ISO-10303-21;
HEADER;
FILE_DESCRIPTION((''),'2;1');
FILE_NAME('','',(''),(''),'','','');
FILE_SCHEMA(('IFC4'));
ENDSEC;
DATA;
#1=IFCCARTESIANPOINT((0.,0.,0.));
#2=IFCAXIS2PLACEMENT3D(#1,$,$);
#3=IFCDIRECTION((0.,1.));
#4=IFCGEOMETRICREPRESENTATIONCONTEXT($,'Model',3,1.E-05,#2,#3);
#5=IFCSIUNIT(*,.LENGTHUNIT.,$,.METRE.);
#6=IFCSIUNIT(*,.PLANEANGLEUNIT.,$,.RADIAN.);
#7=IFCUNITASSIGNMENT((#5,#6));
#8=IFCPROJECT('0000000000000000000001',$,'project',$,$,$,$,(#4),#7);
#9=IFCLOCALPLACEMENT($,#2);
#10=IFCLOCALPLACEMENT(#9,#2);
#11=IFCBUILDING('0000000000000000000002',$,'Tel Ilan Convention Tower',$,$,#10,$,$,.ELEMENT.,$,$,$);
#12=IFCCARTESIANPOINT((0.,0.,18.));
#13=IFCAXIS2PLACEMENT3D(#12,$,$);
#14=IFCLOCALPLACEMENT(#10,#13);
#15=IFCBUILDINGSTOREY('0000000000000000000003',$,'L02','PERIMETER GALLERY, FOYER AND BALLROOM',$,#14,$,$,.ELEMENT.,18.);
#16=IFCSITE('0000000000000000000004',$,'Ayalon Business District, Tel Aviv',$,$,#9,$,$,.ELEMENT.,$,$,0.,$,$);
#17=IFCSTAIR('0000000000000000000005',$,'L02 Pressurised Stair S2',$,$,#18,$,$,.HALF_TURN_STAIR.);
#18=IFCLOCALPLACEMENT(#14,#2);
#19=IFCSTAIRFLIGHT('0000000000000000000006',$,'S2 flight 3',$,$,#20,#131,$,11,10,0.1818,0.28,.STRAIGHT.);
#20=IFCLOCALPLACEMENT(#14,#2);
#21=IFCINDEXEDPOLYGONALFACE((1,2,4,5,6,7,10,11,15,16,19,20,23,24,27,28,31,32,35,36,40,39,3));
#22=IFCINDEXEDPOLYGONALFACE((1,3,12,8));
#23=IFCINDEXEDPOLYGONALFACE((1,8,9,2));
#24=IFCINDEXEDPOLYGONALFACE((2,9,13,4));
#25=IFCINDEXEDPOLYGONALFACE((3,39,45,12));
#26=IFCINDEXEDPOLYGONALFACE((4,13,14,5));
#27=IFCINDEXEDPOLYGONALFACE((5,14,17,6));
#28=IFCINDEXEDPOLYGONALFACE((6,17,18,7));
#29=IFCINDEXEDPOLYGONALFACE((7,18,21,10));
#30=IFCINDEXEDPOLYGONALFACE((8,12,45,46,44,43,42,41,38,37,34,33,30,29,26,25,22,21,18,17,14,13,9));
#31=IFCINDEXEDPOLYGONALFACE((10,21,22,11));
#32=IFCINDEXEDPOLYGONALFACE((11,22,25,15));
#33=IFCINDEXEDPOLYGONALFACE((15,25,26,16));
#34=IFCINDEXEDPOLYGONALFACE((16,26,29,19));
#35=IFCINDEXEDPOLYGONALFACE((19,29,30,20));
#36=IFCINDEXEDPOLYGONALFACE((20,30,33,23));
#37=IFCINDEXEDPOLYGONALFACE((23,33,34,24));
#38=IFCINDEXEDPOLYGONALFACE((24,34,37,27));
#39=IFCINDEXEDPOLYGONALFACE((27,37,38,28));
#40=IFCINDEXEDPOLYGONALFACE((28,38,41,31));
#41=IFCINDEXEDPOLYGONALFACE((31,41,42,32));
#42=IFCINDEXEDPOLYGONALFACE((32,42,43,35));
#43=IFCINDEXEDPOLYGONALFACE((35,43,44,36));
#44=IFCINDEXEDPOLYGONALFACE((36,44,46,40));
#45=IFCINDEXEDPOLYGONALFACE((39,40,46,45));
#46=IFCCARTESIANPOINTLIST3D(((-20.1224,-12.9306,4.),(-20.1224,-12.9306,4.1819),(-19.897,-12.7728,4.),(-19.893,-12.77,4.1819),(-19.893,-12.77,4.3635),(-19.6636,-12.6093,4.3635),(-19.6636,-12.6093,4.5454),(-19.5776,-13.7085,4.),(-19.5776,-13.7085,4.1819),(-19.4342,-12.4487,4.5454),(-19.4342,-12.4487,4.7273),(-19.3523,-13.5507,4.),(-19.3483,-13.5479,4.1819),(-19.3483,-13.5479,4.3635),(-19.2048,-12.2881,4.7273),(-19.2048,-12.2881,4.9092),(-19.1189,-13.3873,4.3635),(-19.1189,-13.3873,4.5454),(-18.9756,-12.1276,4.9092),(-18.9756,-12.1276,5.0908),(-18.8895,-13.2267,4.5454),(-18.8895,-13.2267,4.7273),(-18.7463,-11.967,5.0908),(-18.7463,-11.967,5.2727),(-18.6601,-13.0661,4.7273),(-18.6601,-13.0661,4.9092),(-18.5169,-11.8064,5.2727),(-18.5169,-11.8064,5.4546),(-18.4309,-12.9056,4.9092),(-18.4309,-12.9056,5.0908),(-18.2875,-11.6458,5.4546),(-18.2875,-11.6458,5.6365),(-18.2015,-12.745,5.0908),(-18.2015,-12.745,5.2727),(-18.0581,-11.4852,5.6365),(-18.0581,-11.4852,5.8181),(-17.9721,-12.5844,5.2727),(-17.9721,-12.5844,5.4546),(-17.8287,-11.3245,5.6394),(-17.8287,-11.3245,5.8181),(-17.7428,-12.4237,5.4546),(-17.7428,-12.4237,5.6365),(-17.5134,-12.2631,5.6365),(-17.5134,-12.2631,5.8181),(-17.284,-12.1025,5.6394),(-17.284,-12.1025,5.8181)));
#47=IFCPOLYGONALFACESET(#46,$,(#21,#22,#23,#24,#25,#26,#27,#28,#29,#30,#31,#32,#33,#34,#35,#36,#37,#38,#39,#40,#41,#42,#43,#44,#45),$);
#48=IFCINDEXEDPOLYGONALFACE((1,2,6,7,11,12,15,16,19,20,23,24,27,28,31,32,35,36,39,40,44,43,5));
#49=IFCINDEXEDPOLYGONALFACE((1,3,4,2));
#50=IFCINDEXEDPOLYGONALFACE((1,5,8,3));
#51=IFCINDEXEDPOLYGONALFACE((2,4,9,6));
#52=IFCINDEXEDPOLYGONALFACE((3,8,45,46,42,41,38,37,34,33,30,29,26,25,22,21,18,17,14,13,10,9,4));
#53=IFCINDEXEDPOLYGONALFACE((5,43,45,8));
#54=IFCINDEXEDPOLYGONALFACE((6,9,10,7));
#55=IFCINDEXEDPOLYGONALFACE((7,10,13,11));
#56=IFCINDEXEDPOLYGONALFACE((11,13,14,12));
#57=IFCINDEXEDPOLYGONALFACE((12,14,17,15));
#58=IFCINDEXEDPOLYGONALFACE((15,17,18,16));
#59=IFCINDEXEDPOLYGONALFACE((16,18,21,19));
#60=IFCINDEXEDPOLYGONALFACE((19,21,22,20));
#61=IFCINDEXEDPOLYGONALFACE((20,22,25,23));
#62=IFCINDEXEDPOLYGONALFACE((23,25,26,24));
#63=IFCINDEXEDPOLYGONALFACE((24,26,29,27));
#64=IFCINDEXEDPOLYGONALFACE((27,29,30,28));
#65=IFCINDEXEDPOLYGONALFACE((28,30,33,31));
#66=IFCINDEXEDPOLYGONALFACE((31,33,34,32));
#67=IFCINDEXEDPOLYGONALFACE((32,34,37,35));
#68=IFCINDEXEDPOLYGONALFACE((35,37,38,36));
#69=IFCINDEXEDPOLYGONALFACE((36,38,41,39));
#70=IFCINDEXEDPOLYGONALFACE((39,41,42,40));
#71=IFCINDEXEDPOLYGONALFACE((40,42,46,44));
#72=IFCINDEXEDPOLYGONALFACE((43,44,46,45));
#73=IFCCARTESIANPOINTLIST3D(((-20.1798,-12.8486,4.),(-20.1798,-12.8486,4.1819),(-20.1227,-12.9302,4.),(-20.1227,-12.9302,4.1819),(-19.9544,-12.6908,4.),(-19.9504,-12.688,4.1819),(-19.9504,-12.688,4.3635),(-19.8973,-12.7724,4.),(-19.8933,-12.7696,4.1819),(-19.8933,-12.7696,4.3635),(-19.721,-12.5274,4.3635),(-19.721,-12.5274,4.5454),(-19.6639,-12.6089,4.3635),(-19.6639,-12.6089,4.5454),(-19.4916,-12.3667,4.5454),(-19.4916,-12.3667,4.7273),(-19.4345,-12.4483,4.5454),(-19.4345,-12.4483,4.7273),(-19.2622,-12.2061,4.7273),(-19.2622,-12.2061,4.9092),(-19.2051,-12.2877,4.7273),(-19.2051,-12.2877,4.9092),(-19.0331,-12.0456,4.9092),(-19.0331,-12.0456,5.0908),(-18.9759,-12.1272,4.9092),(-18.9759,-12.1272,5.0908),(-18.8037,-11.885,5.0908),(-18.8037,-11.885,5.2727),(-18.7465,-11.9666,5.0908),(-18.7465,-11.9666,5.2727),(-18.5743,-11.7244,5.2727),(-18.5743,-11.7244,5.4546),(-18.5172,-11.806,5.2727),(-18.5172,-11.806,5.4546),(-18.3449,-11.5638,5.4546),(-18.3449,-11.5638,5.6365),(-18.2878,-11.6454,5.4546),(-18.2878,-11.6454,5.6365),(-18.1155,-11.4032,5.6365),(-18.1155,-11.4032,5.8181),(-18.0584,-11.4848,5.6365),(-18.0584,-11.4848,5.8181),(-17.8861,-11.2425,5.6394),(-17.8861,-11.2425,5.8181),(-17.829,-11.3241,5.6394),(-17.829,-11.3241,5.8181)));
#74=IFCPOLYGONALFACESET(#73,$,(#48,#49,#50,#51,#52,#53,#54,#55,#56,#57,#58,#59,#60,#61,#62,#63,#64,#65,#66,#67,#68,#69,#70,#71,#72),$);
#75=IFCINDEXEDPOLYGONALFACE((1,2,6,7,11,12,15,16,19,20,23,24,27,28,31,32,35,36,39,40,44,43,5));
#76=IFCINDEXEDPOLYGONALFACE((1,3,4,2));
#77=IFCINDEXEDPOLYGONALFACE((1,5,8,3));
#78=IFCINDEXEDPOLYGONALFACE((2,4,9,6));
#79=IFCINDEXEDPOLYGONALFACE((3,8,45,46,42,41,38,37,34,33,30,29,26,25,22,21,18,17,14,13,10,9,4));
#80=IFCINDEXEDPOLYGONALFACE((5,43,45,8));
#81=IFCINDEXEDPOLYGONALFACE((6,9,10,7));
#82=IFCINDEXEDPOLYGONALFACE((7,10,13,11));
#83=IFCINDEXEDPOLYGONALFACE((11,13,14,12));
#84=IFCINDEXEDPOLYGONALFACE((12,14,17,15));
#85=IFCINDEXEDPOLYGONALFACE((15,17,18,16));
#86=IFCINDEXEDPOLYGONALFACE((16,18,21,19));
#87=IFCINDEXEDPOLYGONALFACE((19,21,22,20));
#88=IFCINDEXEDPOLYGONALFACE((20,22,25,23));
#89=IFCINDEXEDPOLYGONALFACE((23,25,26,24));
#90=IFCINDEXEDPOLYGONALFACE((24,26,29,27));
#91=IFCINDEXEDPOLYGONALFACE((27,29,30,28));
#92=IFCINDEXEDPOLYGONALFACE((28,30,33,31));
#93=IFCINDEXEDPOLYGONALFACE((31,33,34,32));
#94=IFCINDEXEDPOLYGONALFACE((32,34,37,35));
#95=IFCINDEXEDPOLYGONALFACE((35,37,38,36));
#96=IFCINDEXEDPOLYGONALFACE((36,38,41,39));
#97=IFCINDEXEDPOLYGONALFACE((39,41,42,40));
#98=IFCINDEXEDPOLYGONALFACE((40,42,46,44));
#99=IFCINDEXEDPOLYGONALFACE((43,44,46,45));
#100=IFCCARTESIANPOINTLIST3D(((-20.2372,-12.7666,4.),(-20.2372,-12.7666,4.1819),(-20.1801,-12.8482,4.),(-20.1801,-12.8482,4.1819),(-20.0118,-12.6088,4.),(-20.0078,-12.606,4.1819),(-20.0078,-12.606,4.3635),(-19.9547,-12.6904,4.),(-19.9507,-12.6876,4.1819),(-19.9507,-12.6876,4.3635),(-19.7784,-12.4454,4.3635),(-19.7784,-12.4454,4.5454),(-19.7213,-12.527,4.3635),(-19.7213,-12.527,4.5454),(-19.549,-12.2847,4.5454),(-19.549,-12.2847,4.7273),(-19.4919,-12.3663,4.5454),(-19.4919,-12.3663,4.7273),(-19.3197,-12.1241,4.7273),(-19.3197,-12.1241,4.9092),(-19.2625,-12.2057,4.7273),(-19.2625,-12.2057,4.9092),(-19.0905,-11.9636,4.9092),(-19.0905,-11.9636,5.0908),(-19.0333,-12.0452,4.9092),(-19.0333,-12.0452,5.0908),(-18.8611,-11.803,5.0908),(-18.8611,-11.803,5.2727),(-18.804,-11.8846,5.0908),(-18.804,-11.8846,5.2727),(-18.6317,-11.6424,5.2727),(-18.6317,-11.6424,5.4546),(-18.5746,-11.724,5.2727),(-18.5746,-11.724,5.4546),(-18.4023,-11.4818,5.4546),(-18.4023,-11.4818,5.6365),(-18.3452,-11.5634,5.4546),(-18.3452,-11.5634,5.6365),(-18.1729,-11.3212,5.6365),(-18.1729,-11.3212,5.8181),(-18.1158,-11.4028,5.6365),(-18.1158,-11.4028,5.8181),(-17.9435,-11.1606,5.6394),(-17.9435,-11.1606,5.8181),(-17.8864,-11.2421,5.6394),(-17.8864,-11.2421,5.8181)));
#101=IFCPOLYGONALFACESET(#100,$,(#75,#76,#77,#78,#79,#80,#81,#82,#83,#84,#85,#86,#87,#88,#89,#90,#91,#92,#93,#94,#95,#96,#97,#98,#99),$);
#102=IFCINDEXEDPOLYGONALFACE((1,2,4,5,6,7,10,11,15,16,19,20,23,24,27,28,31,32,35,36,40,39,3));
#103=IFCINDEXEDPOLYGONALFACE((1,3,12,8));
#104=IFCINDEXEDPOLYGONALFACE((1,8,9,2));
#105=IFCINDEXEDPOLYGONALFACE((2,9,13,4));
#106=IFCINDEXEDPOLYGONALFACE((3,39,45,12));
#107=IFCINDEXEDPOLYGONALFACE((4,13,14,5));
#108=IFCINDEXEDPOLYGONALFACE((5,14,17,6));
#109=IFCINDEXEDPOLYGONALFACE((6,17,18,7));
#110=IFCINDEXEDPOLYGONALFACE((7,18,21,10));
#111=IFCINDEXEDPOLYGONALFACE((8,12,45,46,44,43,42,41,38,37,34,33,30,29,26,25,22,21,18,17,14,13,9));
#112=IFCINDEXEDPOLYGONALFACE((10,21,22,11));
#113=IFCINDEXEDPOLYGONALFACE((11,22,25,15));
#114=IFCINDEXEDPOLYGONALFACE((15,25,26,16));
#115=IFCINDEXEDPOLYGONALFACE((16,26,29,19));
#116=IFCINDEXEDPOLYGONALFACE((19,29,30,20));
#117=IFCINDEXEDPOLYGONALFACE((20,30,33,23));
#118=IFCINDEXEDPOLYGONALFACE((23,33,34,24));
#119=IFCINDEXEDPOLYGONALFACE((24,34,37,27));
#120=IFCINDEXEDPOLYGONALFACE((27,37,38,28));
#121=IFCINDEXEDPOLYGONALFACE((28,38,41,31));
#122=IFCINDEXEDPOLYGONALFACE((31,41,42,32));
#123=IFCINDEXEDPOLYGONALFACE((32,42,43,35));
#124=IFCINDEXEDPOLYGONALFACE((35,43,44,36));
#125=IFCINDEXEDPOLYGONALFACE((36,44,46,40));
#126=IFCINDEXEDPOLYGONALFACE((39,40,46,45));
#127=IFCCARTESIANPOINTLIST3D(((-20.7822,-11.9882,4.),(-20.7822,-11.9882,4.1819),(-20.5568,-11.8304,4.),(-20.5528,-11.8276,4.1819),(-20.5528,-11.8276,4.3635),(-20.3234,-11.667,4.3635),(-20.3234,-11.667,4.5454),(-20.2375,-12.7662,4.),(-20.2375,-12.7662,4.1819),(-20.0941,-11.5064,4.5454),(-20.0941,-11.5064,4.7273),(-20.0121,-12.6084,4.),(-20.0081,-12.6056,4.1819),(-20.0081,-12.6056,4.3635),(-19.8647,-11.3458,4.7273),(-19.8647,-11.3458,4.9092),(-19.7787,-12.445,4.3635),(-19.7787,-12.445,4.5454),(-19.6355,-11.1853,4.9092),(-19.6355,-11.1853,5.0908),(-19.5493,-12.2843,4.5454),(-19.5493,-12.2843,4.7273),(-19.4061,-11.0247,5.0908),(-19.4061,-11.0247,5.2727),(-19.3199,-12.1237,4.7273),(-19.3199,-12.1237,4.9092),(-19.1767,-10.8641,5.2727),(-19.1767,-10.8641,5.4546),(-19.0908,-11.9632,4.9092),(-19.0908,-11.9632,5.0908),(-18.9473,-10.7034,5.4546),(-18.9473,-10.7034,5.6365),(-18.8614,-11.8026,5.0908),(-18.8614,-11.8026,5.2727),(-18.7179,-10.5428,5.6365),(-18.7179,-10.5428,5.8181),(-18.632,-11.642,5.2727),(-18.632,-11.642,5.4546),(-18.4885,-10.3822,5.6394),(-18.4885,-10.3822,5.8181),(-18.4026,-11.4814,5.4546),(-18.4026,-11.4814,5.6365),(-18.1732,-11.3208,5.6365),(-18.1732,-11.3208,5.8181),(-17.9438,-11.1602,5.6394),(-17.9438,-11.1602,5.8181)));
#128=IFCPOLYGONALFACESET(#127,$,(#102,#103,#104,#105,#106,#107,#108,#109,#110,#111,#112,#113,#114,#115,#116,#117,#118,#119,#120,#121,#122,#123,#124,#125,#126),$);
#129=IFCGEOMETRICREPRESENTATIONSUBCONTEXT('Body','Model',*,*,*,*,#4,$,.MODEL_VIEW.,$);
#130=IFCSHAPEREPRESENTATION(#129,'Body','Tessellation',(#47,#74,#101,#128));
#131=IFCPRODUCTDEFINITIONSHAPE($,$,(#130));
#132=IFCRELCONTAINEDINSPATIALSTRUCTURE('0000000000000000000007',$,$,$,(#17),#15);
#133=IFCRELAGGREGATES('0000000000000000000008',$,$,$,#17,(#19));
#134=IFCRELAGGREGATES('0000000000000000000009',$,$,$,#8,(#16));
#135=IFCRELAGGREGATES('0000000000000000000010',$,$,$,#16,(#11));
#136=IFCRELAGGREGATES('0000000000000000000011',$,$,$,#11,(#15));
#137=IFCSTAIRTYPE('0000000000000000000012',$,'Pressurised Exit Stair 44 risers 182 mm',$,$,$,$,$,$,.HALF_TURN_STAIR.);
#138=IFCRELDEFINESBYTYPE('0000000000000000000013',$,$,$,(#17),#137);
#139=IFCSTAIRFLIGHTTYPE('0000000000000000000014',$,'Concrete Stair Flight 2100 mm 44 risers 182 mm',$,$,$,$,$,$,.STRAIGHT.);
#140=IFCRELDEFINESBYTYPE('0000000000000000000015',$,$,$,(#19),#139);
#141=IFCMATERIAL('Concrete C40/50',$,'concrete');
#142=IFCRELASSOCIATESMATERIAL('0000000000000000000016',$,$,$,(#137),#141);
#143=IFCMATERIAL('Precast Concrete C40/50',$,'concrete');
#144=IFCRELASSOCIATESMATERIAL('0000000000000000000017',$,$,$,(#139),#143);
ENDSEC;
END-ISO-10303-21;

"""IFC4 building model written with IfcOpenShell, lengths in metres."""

from ifc_helpers import new_model, si_unit, direction, frame, origin, place, context, subcontext, project, spatial, polyline, outline, extrude, material, type_object, element, aggregate, save


model = new_model("IFC4")

# Units and contexts
model_context = context("Model", 3, precision=1e-05, world=origin(), true_north=direction((0.0, 1.0)))
body_context = subcontext(model_context, "Body", "Model", "MODEL_VIEW")
ifc_project = project(units=[si_unit("LENGTHUNIT", "METRE"), si_unit("PLANEANGLEUNIT", "RADIAN")], contexts=[model_context])

# Site, building, storey
site_placement = place(None, origin())
site = spatial("IfcSite", under=ifc_project, at=site_placement, Name="Ayalon Business District, Tel Aviv", CompositionType="ELEMENT", RefElevation=0.0)
building_placement = place(site_placement, origin())
building = spatial("IfcBuilding", under=site, at=building_placement, Name="Tel Ilan Convention Tower", CompositionType="ELEMENT")
storey_placement = place(building_placement, frame((0.0, 0.0, 18.0)))
storey = spatial("IfcBuildingStorey", under=building, at=storey_placement, Name="L02", Description="PERIMETER GALLERY, FOYER AND BALLROOM", CompositionType="ELEMENT", Elevation=18.0)

# Stair, stair flight
ifc_material_1 = material(Name="Concrete C40/50", Category="concrete")
stair_type = type_object("IfcStairType", Name="Pressurised Exit Stair 44 risers 182 mm", PredefinedType="HALF_TURN_STAIR", material=ifc_material_1)
stair_placement = place(storey_placement, origin())
stair = element("IfcStair", 1, at=stair_placement, inside=storey, type_object=stair_type, Name="L02 Pressurised Stair S2", PredefinedType="HALF_TURN_STAIR")
ifc_material_2 = material(Name="Precast Concrete C40/50", Category="concrete")
stair_flight_type = type_object("IfcStairFlightType", Name="Concrete Stair Flight 2100 mm 44 risers 182 mm", PredefinedType="STRAIGHT", material=ifc_material_2)
stair_flight_1_placement = place(storey_placement, frame((-20.1799, -12.8484, 4.0), z_axis=(0.0, 0.0, 1.0), x_axis=(0.819152, 0.573576, 0.0)))
stair_flight_1 = element("IfcStairFlight", 2, at=stair_flight_1_placement, type_object=stair_flight_type, Name="S2 flight 3", NumberOfRisers=11, NumberOfTreads=10, PredefinedType="STRAIGHT", RiserHeight=0.1818, TreadLength=0.28, context=body_context, shape_type="SweptSolid", body=[
    extrude(outline(polyline([(0.0, 0.0), (0.0, 0.1819), (0.28, 0.1819), (0.28, 0.3635), (0.5601, 0.3635), (0.5601, 0.5454), (0.8401, 0.5454), (0.8401, 0.7273), (1.1201, 0.7273), (1.1201, 0.9092), (1.3999, 0.9092), (1.3999, 1.0908), (1.6799, 1.0908), (1.6799, 1.2727), (1.96, 1.2727), (1.96, 1.4546), (2.24, 1.4546), (2.24, 1.6365), (2.52, 1.6365), (2.52, 1.8181), (2.8, 1.8181), (2.8, 2.0), (2.8, 1.6394), (0.2751, 0.0), (0.0, 0.0)])), frame((0.0, -0.1003, 0.0), z_axis=(0.0, -1.0, 0.0), x_axis=(1.0, 0.0, 0.0)), (0.0, 0.0, 1.0), 0.9497),
    extrude(outline(polyline([(0.0, 0.0), (0.0, 0.1819), (0.28, 0.1819), (0.28, 0.3635), (0.5601, 0.3635), (0.5601, 0.5454), (0.8401, 0.5454), (0.8401, 0.7273), (1.1201, 0.7273), (1.1201, 0.9092), (1.3999, 0.9092), (1.3999, 1.0908), (1.6799, 1.0908), (1.6799, 1.2727), (1.96, 1.2727), (1.96, 1.4546), (2.24, 1.4546), (2.24, 1.6365), (2.52, 1.6365), (2.52, 1.8181), (2.8, 1.8181), (2.8, 2.0), (2.8, 1.6394), (0.2751, 0.0), (0.0, 0.0)])), frame((0.0, -0.0002, 0.0), z_axis=(0.0, -1.0, 0.0), x_axis=(1.0, 0.0, 0.0)), (0.0, 0.0, 1.0), 0.0996),
    extrude(outline(polyline([(0.0, 0.0), (0.0, 0.1819), (0.28, 0.1819), (0.28, 0.3635), (0.5601, 0.3635), (0.5601, 0.5454), (0.8401, 0.5454), (0.8401, 0.7273), (1.1201, 0.7273), (1.1201, 0.9092), (1.3999, 0.9092), (1.3999, 1.0908), (1.6799, 1.0908), (1.6799, 1.2727), (1.96, 1.2727), (1.96, 1.4546), (2.24, 1.4546), (2.24, 1.6365), (2.52, 1.6365), (2.52, 1.8181), (2.8, 1.8181), (2.8, 2.0), (2.8, 1.6394), (0.2751, 0.0), (0.0, 0.0)])), frame((0.0, 0.0999, 0.0), z_axis=(0.0, -1.0, 0.0), x_axis=(1.0, 0.0, 0.0)), (0.0, 0.0, 1.0), 0.0996),
    extrude(outline(polyline([(0.0, 0.0), (0.0, 0.1819), (0.28, 0.1819), (0.28, 0.3635), (0.5601, 0.3635), (0.5601, 0.5454), (0.8401, 0.5454), (0.8401, 0.7273), (1.1201, 0.7273), (1.1201, 0.9092), (1.3999, 0.9092), (1.3999, 1.0908), (1.6799, 1.0908), (1.6799, 1.2727), (1.96, 1.2727), (1.96, 1.4546), (2.24, 1.4546), (2.24, 1.6365), (2.52, 1.6365), (2.52, 1.8181), (2.8, 1.8181), (2.8, 2.0), (2.8, 1.6394), (0.2751, 0.0), (0.0, 0.0)])), frame((0.0, 1.05, 0.0), z_axis=(0.0, -1.0, 0.0), x_axis=(1.0, 0.0, 0.0)), (0.0, 0.0, 1.0), 0.9497),
])
aggregate(stair, [stair_flight_1])

save(model, "model.ifc")
